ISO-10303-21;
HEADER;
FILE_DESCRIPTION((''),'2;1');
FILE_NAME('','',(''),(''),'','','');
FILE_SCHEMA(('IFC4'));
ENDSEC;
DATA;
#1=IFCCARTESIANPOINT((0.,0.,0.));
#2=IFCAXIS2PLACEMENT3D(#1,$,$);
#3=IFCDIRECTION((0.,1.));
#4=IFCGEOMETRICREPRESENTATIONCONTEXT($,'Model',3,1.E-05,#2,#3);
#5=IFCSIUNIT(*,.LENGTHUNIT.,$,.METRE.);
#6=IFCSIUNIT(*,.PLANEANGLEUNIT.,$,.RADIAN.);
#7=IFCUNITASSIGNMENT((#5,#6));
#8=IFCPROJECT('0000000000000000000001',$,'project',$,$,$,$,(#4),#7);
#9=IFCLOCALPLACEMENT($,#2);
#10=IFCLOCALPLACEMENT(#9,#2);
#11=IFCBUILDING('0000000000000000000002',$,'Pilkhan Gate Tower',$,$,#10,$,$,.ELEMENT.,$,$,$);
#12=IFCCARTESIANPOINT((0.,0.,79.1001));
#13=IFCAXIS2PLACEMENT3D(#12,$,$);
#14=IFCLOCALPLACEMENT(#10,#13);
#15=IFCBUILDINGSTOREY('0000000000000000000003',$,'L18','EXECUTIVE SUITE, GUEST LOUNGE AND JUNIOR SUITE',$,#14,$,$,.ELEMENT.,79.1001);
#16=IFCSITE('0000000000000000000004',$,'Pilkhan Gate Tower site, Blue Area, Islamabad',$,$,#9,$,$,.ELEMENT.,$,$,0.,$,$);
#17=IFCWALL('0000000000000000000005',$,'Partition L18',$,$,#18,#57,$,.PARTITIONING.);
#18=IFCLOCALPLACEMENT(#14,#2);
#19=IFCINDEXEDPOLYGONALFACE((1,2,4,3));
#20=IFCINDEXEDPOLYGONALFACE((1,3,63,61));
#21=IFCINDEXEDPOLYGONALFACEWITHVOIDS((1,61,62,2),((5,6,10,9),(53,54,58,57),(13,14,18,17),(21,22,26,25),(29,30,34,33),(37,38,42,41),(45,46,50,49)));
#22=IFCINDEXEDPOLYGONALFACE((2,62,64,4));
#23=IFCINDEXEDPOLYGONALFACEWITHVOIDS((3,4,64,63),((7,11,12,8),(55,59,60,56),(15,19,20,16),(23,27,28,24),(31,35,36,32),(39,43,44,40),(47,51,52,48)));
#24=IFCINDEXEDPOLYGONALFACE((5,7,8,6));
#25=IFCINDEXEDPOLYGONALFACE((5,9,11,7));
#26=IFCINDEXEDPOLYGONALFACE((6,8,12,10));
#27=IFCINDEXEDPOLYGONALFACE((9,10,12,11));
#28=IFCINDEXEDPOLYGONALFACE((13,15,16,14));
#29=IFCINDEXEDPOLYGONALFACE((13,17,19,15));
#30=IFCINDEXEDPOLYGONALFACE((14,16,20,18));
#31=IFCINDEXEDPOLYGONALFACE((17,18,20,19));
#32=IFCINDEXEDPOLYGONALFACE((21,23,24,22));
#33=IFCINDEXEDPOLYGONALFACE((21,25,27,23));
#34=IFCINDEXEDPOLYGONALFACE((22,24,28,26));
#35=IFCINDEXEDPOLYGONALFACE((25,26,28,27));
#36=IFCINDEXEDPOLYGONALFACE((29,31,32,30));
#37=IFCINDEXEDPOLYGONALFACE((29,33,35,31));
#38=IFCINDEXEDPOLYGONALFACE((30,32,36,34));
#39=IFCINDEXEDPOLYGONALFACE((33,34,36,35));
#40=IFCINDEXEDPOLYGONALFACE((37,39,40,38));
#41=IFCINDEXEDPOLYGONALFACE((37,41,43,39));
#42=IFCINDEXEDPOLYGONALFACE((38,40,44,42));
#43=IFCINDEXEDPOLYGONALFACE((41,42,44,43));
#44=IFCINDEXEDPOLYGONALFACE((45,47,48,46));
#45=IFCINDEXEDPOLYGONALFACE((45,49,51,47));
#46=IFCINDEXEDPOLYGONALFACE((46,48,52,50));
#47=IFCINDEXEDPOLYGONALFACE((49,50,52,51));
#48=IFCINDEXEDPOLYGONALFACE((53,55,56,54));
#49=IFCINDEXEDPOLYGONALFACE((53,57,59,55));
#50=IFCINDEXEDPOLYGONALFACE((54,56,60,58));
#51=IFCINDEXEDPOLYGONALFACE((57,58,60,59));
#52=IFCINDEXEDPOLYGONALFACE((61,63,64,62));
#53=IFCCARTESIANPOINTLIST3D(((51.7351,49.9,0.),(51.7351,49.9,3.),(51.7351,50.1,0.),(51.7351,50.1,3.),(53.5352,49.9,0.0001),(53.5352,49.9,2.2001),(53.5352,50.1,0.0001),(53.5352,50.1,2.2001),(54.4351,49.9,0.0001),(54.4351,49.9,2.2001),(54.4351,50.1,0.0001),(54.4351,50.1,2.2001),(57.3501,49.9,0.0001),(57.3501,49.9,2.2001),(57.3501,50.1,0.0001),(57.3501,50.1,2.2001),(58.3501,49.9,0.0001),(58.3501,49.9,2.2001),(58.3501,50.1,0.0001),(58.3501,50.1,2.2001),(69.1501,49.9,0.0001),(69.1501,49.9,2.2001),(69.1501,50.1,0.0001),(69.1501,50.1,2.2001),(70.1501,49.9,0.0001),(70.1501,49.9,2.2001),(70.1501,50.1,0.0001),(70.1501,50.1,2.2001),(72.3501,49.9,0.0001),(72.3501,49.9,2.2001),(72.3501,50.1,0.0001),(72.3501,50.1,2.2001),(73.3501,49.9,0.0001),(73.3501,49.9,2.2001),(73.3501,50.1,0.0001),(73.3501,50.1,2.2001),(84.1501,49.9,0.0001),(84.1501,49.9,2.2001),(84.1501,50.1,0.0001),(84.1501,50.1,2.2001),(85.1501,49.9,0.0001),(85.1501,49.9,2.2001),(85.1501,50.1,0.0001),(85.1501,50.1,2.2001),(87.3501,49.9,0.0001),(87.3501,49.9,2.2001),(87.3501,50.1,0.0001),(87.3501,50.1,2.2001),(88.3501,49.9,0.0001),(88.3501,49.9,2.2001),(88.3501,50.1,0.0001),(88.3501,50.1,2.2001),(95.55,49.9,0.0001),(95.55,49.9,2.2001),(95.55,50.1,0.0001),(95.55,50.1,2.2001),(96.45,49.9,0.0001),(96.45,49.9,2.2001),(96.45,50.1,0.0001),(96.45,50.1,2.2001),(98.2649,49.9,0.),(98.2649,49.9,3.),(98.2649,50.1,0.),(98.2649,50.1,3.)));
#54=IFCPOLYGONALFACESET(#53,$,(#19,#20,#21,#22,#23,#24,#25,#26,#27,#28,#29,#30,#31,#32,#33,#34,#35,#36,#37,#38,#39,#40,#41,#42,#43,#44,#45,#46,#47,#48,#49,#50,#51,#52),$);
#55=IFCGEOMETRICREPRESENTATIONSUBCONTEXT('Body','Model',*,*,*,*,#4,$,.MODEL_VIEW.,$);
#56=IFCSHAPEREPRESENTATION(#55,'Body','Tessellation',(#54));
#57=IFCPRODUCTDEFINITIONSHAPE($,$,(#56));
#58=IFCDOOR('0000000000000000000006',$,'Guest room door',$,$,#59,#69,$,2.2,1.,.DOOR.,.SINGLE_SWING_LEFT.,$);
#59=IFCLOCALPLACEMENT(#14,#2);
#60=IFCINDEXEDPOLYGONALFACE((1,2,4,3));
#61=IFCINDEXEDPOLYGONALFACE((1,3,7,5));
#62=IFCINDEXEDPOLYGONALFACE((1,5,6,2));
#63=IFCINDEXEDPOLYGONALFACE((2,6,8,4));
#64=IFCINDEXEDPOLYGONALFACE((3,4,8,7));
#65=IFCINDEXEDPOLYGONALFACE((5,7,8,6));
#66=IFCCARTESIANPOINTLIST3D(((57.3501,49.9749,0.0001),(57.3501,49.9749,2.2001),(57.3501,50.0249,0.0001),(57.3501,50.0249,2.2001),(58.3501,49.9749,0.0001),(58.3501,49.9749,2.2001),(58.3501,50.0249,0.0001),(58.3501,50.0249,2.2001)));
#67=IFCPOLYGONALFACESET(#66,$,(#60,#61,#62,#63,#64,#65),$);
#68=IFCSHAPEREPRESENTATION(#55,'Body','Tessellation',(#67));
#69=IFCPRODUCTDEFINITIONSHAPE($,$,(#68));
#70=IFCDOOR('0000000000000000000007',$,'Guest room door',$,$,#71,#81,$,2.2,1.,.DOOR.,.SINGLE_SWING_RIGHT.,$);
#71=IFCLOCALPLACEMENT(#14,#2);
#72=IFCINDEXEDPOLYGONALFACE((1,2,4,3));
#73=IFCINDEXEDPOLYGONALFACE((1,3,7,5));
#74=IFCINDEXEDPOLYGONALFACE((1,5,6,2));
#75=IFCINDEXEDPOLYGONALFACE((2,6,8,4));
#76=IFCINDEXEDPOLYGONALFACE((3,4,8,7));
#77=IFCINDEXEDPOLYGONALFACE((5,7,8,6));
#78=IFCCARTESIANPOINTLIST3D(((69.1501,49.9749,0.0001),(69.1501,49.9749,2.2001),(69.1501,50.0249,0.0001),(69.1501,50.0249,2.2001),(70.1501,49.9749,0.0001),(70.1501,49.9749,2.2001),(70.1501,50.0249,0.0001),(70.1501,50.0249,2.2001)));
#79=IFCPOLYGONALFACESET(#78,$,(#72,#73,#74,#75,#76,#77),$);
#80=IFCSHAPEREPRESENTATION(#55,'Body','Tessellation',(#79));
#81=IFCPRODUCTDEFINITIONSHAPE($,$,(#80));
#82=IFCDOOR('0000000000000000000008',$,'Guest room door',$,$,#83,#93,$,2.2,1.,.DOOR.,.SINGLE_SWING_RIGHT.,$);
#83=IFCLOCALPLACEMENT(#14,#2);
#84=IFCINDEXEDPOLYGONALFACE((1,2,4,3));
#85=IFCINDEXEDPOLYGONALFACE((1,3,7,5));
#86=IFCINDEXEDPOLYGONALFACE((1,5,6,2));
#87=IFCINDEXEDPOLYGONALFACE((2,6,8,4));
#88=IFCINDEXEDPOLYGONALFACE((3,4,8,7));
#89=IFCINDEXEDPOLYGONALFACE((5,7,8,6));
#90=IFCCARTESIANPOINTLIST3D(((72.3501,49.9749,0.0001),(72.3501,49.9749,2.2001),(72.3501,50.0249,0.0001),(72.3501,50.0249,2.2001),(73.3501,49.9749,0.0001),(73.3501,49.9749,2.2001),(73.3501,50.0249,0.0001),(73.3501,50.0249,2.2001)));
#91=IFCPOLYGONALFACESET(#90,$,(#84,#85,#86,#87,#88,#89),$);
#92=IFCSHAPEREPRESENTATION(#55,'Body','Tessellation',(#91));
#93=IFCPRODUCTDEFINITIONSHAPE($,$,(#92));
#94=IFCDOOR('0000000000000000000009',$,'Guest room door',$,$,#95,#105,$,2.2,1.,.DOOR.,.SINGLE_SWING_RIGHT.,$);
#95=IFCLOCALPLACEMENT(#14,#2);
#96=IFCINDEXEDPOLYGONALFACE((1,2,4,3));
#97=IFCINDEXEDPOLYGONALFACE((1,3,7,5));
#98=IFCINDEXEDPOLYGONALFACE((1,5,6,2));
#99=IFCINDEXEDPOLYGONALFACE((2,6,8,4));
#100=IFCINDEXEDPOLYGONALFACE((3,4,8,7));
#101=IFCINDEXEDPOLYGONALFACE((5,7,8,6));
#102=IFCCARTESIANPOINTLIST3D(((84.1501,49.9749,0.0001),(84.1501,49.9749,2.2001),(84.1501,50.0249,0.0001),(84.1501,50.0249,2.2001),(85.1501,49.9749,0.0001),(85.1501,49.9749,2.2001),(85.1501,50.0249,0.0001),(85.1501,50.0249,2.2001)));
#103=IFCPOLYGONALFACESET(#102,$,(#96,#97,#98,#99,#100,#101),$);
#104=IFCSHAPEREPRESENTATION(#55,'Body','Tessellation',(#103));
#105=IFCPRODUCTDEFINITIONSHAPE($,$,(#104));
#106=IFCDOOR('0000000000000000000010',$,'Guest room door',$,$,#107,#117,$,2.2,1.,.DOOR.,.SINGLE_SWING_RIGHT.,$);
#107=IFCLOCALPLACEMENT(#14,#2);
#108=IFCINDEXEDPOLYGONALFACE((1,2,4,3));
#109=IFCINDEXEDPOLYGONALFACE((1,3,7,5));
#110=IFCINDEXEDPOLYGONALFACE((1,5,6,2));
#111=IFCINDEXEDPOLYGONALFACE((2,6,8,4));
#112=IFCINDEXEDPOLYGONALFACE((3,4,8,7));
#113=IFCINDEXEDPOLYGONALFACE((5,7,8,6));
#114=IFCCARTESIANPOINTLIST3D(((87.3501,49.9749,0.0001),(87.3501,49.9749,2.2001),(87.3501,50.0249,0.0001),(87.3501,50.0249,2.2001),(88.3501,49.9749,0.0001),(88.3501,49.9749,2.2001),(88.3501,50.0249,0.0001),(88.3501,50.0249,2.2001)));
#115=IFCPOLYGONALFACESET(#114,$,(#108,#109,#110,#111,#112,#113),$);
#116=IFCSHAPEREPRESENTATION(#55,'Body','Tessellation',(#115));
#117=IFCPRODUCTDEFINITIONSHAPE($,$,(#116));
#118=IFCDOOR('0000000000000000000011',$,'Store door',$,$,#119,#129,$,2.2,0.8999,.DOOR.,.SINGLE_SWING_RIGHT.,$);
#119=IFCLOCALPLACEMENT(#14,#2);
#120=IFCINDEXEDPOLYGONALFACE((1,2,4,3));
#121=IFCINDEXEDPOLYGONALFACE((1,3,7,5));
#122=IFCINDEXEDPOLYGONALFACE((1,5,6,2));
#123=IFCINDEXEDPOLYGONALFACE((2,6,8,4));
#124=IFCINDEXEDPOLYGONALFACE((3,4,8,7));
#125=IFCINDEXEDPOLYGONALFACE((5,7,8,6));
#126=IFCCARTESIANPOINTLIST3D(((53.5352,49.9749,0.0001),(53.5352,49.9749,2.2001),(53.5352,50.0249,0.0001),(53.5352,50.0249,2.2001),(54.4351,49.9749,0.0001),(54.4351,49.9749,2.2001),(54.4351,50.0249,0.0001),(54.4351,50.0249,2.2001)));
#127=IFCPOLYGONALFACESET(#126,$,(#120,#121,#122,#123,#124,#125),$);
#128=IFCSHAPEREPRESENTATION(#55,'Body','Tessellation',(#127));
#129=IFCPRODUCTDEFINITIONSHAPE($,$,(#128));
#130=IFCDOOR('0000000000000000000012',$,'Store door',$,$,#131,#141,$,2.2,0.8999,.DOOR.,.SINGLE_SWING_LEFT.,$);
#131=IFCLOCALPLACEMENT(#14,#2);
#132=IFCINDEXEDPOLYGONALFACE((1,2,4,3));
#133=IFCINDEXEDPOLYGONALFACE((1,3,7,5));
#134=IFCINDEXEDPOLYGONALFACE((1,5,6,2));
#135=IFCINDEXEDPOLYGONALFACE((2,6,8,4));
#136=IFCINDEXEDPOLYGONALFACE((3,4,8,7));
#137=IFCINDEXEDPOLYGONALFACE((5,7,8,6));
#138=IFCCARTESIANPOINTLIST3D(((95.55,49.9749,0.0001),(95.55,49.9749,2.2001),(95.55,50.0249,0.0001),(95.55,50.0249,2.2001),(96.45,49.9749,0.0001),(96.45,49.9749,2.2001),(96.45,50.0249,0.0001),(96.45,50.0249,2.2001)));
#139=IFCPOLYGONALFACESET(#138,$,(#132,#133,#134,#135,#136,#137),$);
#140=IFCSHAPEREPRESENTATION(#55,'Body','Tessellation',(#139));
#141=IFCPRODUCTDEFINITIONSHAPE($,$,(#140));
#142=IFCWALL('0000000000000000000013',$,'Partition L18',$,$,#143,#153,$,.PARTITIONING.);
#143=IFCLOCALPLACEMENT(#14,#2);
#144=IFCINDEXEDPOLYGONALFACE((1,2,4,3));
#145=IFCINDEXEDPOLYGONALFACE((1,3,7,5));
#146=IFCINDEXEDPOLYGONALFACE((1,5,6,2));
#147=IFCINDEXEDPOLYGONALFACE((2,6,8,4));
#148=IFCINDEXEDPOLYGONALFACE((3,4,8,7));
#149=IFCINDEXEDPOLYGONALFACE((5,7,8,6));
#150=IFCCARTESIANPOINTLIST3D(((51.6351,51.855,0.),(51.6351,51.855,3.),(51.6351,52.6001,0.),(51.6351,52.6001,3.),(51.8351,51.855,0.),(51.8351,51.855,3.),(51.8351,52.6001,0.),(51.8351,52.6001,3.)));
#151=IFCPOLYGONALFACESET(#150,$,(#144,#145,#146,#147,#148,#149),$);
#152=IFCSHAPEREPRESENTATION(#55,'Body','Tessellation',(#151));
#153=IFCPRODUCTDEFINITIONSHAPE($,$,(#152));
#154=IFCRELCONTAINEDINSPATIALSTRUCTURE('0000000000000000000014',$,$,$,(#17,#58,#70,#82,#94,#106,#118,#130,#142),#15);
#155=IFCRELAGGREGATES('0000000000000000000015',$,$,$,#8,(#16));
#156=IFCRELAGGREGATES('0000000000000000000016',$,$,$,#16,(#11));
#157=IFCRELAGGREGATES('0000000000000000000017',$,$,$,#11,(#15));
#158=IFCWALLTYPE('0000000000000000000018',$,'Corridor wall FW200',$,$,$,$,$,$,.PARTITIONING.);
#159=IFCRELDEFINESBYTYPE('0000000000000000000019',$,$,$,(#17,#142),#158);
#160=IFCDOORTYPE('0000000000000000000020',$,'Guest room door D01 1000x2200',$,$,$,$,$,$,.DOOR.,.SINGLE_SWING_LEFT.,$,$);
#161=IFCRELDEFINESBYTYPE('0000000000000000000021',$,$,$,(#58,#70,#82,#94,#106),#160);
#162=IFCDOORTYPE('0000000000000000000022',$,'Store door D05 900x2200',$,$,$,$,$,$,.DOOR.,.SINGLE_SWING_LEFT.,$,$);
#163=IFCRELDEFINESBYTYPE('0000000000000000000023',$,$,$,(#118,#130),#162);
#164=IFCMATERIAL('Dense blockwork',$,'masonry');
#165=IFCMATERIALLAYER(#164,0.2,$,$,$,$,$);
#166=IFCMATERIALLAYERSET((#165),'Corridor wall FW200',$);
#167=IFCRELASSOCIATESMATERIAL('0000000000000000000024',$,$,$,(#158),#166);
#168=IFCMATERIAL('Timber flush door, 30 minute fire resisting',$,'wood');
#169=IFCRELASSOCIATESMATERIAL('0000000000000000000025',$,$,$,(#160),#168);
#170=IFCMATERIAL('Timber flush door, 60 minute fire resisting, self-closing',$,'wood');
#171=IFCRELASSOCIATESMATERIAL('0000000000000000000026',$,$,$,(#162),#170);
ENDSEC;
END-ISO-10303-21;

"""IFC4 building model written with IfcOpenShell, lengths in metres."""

from ifc_helpers import new_model, si_unit, direction, frame, frame_2d, origin, place, context, subcontext, project, spatial, rectangle, extrude, material, layer, layer_set, type_object, element, fill, save


model = new_model("IFC4")

# Units and contexts
model_context = context("Model", 3, precision=1e-05, world=origin(), true_north=direction((0.0, 1.0)))
body_context = subcontext(model_context, "Body", "Model", "MODEL_VIEW")
ifc_project = project(units=[si_unit("LENGTHUNIT", "METRE"), si_unit("PLANEANGLEUNIT", "RADIAN")], contexts=[model_context])

# Site, building, storey
site_placement = place(None, origin())
site = spatial("IfcSite", under=ifc_project, at=site_placement, Name="Pilkhan Gate Tower site, Blue Area, Islamabad", CompositionType="ELEMENT", RefElevation=0.0)
building_placement = place(site_placement, origin())
building = spatial("IfcBuilding", under=site, at=building_placement, Name="Pilkhan Gate Tower", CompositionType="ELEMENT")
storey_placement = place(building_placement, frame((0.0, 0.0, 79.1001)))
storey = spatial("IfcBuildingStorey", under=building, at=storey_placement, Name="L18", Description="EXECUTIVE SUITE, GUEST LOUNGE AND JUNIOR SUITE", CompositionType="ELEMENT", Elevation=79.1001)

# Wall, openings, doors
ifc_material_1 = material(Name="Dense blockwork", Category="masonry")
ifc_layer_1 = layer(ifc_material_1, 0.2)
ifc_layer_set_1 = layer_set([ifc_layer_1], Name="Corridor wall FW200")
wall_type_1 = type_object("IfcWallType", Name="Corridor wall FW200", PredefinedType="PARTITIONING", material=ifc_layer_set_1)
wall_1_placement = place(storey_placement, frame((51.7351, 50.0, 0.0), z_axis=(0.0, 0.0, 1.0), x_axis=(1.0, 0.0, 0.0)))
wall_1 = element("IfcWall", 1, at=wall_1_placement, inside=storey, type_object=wall_type_1, Name="Partition L18", PredefinedType="PARTITIONING", context=body_context, shape_type="SweptSolid", body=[
    extrude(rectangle(XDim=46.5298, YDim=0.2, at=frame_2d((23.2649, 0.0))), origin(), (0.0, 0.0, 1.0), 3.0),
])
opening_1_placement = place(wall_1_placement, frame((5.615, 0.0, 0.0)))
opening_1 = element("IfcOpeningElement", 2, at=opening_1_placement, cuts=wall_1, PredefinedType="OPENING", context=body_context, shape_type="SweptSolid", body=[
    extrude(rectangle(XDim=1.0, YDim=2.2, at=frame_2d((0.5, 1.1001))), frame((0.0, 0.1099, 0.0), z_axis=(0.0, -1.0, 0.0), x_axis=(1.0, 0.0, 0.0)), (0.0, 0.0, 1.0), 0.22),
])
opening_2_placement = place(wall_1_placement, frame((17.415, 0.0, 0.0)))
opening_2 = element("IfcOpeningElement", 3, at=opening_2_placement, cuts=wall_1, PredefinedType="OPENING", context=body_context, shape_type="SweptSolid", body=[
    extrude(rectangle(XDim=1.0, YDim=2.2, at=frame_2d((0.5, 1.1001))), frame((0.0, 0.1099, 0.0), z_axis=(0.0, -1.0, 0.0), x_axis=(1.0, 0.0, 0.0)), (0.0, 0.0, 1.0), 0.22),
])
opening_3_placement = place(wall_1_placement, frame((20.615, 0.0, 0.0)))
opening_3 = element("IfcOpeningElement", 4, at=opening_3_placement, cuts=wall_1, PredefinedType="OPENING", context=body_context, shape_type="SweptSolid", body=[
    extrude(rectangle(XDim=1.0, YDim=2.2, at=frame_2d((0.5, 1.1001))), frame((0.0, 0.1099, 0.0), z_axis=(0.0, -1.0, 0.0), x_axis=(1.0, 0.0, 0.0)), (0.0, 0.0, 1.0), 0.22),
])
opening_4_placement = place(wall_1_placement, frame((32.415, 0.0, 0.0)))
opening_4 = element("IfcOpeningElement", 5, at=opening_4_placement, cuts=wall_1, PredefinedType="OPENING", context=body_context, shape_type="SweptSolid", body=[
    extrude(rectangle(XDim=1.0, YDim=2.2, at=frame_2d((0.5, 1.1001))), frame((0.0, 0.1099, 0.0), z_axis=(0.0, -1.0, 0.0), x_axis=(1.0, 0.0, 0.0)), (0.0, 0.0, 1.0), 0.22),
])
opening_5_placement = place(wall_1_placement, frame((35.615, 0.0, 0.0)))
opening_5 = element("IfcOpeningElement", 6, at=opening_5_placement, cuts=wall_1, PredefinedType="OPENING", context=body_context, shape_type="SweptSolid", body=[
    extrude(rectangle(XDim=1.0, YDim=2.2, at=frame_2d((0.5, 1.1001))), frame((0.0, 0.1099, 0.0), z_axis=(0.0, -1.0, 0.0), x_axis=(1.0, 0.0, 0.0)), (0.0, 0.0, 1.0), 0.22),
])
opening_6_placement = place(wall_1_placement, frame((1.8, 0.0, 0.0)))
opening_6 = element("IfcOpeningElement", 7, at=opening_6_placement, cuts=wall_1, PredefinedType="OPENING", context=body_context, shape_type="SweptSolid", body=[
    extrude(rectangle(XDim=0.8999, YDim=2.2, at=frame_2d((0.45, 1.1001))), frame((0.0, 0.1099, 0.0), z_axis=(0.0, -1.0, 0.0), x_axis=(1.0, 0.0, 0.0)), (0.0, 0.0, 1.0), 0.22),
])
opening_7_placement = place(wall_1_placement, frame((43.8149, 0.0, 0.0)))
opening_7 = element("IfcOpeningElement", 8, at=opening_7_placement, cuts=wall_1, PredefinedType="OPENING", context=body_context, shape_type="SweptSolid", body=[
    extrude(rectangle(XDim=0.8999, YDim=2.2, at=frame_2d((0.45, 1.1001))), frame((0.0, 0.1099, 0.0), z_axis=(0.0, -1.0, 0.0), x_axis=(1.0, 0.0, 0.0)), (0.0, 0.0, 1.0), 0.22),
])
ifc_material_2 = material(Name="Timber flush door, 30 minute fire resisting", Category="wood")
door_type_1 = type_object("IfcDoorType", Name="Guest room door D01 1000x2200", OperationType="SINGLE_SWING_LEFT", PredefinedType="DOOR", material=ifc_material_2)
door_1_placement = place(opening_1_placement, origin())
door_1 = element("IfcDoor", 9, at=door_1_placement, inside=storey, type_object=door_type_1, Name="Guest room door", OperationType="SINGLE_SWING_LEFT", OverallHeight=2.2, OverallWidth=1.0, PredefinedType="DOOR", context=body_context, shape_type="SweptSolid", body=[
    extrude(rectangle(XDim=1.0, YDim=2.2, at=frame_2d((0.5, 1.1001))), frame((0.0, 0.0249, 0.0), z_axis=(0.0, -1.0, 0.0), x_axis=(1.0, 0.0, 0.0)), (0.0, 0.0, 1.0), 0.05),
])
fill(opening_1, door_1)
door_2_placement = place(opening_2_placement, origin())
door_2 = element("IfcDoor", 10, at=door_2_placement, inside=storey, type_object=door_type_1, Name="Guest room door", OperationType="SINGLE_SWING_RIGHT", OverallHeight=2.2, OverallWidth=1.0, PredefinedType="DOOR", context=body_context, shape_type="SweptSolid", body=[
    extrude(rectangle(XDim=1.0, YDim=2.2, at=frame_2d((0.5, 1.1001))), frame((0.0, 0.0249, 0.0), z_axis=(0.0, -1.0, 0.0), x_axis=(1.0, 0.0, 0.0)), (0.0, 0.0, 1.0), 0.05),
])
fill(opening_2, door_2)
door_3_placement = place(opening_3_placement, origin())
door_3 = element("IfcDoor", 11, at=door_3_placement, inside=storey, type_object=door_type_1, Name="Guest room door", OperationType="SINGLE_SWING_RIGHT", OverallHeight=2.2, OverallWidth=1.0, PredefinedType="DOOR", context=body_context, shape_type="SweptSolid", body=[
    extrude(rectangle(XDim=1.0, YDim=2.2, at=frame_2d((0.5, 1.1001))), frame((0.0, 0.0249, 0.0), z_axis=(0.0, -1.0, 0.0), x_axis=(1.0, 0.0, 0.0)), (0.0, 0.0, 1.0), 0.05),
])
fill(opening_3, door_3)
door_4_placement = place(opening_4_placement, origin())
door_4 = element("IfcDoor", 12, at=door_4_placement, inside=storey, type_object=door_type_1, Name="Guest room door", OperationType="SINGLE_SWING_RIGHT", OverallHeight=2.2, OverallWidth=1.0, PredefinedType="DOOR", context=body_context, shape_type="SweptSolid", body=[
    extrude(rectangle(XDim=1.0, YDim=2.2, at=frame_2d((0.5, 1.1001))), frame((0.0, 0.0249, 0.0), z_axis=(0.0, -1.0, 0.0), x_axis=(1.0, 0.0, 0.0)), (0.0, 0.0, 1.0), 0.05),
])
fill(opening_4, door_4)
door_5_placement = place(opening_5_placement, origin())
door_5 = element("IfcDoor", 13, at=door_5_placement, inside=storey, type_object=door_type_1, Name="Guest room door", OperationType="SINGLE_SWING_RIGHT", OverallHeight=2.2, OverallWidth=1.0, PredefinedType="DOOR", context=body_context, shape_type="SweptSolid", body=[
    extrude(rectangle(XDim=1.0, YDim=2.2, at=frame_2d((0.5, 1.1001))), frame((0.0, 0.0249, 0.0), z_axis=(0.0, -1.0, 0.0), x_axis=(1.0, 0.0, 0.0)), (0.0, 0.0, 1.0), 0.05),
])
fill(opening_5, door_5)
ifc_material_3 = material(Name="Timber flush door, 60 minute fire resisting, self-closing", Category="wood")
door_type_2 = type_object("IfcDoorType", Name="Store door D05 900x2200", OperationType="SINGLE_SWING_LEFT", PredefinedType="DOOR", material=ifc_material_3)
door_6_placement = place(opening_6_placement, origin())
door_6 = element("IfcDoor", 14, at=door_6_placement, inside=storey, type_object=door_type_2, Name="Store door", OperationType="SINGLE_SWING_RIGHT", OverallHeight=2.2, OverallWidth=0.8999, PredefinedType="DOOR", context=body_context, shape_type="SweptSolid", body=[
    extrude(rectangle(XDim=0.8999, YDim=2.2, at=frame_2d((0.45, 1.1001))), frame((0.0, 0.0249, 0.0), z_axis=(0.0, -1.0, 0.0), x_axis=(1.0, 0.0, 0.0)), (0.0, 0.0, 1.0), 0.05),
])
fill(opening_6, door_6)
door_7_placement = place(opening_7_placement, origin())
door_7 = element("IfcDoor", 15, at=door_7_placement, inside=storey, type_object=door_type_2, Name="Store door", OperationType="SINGLE_SWING_LEFT", OverallHeight=2.2, OverallWidth=0.8999, PredefinedType="DOOR", context=body_context, shape_type="SweptSolid", body=[
    extrude(rectangle(XDim=0.8999, YDim=2.2, at=frame_2d((0.45, 1.1001))), frame((0.0, 0.0249, 0.0), z_axis=(0.0, -1.0, 0.0), x_axis=(1.0, 0.0, 0.0)), (0.0, 0.0, 1.0), 0.05),
])
fill(opening_7, door_7)

# Wall
wall_2_placement = place(storey_placement, frame((51.7351, 51.855, 0.0), z_axis=(0.0, 0.0, 1.0), x_axis=(0.0, 1.0, 0.0)))
element("IfcWall", 16, at=wall_2_placement, inside=storey, type_object=wall_type_1, Name="Partition L18", PredefinedType="PARTITIONING", context=body_context, shape_type="SweptSolid", body=[
    extrude(rectangle(XDim=0.7451, YDim=0.2, at=frame_2d((0.3726, 0.0))), origin(), (0.0, 0.0, 1.0), 3.0),
])

save(model, "model.ifc")
